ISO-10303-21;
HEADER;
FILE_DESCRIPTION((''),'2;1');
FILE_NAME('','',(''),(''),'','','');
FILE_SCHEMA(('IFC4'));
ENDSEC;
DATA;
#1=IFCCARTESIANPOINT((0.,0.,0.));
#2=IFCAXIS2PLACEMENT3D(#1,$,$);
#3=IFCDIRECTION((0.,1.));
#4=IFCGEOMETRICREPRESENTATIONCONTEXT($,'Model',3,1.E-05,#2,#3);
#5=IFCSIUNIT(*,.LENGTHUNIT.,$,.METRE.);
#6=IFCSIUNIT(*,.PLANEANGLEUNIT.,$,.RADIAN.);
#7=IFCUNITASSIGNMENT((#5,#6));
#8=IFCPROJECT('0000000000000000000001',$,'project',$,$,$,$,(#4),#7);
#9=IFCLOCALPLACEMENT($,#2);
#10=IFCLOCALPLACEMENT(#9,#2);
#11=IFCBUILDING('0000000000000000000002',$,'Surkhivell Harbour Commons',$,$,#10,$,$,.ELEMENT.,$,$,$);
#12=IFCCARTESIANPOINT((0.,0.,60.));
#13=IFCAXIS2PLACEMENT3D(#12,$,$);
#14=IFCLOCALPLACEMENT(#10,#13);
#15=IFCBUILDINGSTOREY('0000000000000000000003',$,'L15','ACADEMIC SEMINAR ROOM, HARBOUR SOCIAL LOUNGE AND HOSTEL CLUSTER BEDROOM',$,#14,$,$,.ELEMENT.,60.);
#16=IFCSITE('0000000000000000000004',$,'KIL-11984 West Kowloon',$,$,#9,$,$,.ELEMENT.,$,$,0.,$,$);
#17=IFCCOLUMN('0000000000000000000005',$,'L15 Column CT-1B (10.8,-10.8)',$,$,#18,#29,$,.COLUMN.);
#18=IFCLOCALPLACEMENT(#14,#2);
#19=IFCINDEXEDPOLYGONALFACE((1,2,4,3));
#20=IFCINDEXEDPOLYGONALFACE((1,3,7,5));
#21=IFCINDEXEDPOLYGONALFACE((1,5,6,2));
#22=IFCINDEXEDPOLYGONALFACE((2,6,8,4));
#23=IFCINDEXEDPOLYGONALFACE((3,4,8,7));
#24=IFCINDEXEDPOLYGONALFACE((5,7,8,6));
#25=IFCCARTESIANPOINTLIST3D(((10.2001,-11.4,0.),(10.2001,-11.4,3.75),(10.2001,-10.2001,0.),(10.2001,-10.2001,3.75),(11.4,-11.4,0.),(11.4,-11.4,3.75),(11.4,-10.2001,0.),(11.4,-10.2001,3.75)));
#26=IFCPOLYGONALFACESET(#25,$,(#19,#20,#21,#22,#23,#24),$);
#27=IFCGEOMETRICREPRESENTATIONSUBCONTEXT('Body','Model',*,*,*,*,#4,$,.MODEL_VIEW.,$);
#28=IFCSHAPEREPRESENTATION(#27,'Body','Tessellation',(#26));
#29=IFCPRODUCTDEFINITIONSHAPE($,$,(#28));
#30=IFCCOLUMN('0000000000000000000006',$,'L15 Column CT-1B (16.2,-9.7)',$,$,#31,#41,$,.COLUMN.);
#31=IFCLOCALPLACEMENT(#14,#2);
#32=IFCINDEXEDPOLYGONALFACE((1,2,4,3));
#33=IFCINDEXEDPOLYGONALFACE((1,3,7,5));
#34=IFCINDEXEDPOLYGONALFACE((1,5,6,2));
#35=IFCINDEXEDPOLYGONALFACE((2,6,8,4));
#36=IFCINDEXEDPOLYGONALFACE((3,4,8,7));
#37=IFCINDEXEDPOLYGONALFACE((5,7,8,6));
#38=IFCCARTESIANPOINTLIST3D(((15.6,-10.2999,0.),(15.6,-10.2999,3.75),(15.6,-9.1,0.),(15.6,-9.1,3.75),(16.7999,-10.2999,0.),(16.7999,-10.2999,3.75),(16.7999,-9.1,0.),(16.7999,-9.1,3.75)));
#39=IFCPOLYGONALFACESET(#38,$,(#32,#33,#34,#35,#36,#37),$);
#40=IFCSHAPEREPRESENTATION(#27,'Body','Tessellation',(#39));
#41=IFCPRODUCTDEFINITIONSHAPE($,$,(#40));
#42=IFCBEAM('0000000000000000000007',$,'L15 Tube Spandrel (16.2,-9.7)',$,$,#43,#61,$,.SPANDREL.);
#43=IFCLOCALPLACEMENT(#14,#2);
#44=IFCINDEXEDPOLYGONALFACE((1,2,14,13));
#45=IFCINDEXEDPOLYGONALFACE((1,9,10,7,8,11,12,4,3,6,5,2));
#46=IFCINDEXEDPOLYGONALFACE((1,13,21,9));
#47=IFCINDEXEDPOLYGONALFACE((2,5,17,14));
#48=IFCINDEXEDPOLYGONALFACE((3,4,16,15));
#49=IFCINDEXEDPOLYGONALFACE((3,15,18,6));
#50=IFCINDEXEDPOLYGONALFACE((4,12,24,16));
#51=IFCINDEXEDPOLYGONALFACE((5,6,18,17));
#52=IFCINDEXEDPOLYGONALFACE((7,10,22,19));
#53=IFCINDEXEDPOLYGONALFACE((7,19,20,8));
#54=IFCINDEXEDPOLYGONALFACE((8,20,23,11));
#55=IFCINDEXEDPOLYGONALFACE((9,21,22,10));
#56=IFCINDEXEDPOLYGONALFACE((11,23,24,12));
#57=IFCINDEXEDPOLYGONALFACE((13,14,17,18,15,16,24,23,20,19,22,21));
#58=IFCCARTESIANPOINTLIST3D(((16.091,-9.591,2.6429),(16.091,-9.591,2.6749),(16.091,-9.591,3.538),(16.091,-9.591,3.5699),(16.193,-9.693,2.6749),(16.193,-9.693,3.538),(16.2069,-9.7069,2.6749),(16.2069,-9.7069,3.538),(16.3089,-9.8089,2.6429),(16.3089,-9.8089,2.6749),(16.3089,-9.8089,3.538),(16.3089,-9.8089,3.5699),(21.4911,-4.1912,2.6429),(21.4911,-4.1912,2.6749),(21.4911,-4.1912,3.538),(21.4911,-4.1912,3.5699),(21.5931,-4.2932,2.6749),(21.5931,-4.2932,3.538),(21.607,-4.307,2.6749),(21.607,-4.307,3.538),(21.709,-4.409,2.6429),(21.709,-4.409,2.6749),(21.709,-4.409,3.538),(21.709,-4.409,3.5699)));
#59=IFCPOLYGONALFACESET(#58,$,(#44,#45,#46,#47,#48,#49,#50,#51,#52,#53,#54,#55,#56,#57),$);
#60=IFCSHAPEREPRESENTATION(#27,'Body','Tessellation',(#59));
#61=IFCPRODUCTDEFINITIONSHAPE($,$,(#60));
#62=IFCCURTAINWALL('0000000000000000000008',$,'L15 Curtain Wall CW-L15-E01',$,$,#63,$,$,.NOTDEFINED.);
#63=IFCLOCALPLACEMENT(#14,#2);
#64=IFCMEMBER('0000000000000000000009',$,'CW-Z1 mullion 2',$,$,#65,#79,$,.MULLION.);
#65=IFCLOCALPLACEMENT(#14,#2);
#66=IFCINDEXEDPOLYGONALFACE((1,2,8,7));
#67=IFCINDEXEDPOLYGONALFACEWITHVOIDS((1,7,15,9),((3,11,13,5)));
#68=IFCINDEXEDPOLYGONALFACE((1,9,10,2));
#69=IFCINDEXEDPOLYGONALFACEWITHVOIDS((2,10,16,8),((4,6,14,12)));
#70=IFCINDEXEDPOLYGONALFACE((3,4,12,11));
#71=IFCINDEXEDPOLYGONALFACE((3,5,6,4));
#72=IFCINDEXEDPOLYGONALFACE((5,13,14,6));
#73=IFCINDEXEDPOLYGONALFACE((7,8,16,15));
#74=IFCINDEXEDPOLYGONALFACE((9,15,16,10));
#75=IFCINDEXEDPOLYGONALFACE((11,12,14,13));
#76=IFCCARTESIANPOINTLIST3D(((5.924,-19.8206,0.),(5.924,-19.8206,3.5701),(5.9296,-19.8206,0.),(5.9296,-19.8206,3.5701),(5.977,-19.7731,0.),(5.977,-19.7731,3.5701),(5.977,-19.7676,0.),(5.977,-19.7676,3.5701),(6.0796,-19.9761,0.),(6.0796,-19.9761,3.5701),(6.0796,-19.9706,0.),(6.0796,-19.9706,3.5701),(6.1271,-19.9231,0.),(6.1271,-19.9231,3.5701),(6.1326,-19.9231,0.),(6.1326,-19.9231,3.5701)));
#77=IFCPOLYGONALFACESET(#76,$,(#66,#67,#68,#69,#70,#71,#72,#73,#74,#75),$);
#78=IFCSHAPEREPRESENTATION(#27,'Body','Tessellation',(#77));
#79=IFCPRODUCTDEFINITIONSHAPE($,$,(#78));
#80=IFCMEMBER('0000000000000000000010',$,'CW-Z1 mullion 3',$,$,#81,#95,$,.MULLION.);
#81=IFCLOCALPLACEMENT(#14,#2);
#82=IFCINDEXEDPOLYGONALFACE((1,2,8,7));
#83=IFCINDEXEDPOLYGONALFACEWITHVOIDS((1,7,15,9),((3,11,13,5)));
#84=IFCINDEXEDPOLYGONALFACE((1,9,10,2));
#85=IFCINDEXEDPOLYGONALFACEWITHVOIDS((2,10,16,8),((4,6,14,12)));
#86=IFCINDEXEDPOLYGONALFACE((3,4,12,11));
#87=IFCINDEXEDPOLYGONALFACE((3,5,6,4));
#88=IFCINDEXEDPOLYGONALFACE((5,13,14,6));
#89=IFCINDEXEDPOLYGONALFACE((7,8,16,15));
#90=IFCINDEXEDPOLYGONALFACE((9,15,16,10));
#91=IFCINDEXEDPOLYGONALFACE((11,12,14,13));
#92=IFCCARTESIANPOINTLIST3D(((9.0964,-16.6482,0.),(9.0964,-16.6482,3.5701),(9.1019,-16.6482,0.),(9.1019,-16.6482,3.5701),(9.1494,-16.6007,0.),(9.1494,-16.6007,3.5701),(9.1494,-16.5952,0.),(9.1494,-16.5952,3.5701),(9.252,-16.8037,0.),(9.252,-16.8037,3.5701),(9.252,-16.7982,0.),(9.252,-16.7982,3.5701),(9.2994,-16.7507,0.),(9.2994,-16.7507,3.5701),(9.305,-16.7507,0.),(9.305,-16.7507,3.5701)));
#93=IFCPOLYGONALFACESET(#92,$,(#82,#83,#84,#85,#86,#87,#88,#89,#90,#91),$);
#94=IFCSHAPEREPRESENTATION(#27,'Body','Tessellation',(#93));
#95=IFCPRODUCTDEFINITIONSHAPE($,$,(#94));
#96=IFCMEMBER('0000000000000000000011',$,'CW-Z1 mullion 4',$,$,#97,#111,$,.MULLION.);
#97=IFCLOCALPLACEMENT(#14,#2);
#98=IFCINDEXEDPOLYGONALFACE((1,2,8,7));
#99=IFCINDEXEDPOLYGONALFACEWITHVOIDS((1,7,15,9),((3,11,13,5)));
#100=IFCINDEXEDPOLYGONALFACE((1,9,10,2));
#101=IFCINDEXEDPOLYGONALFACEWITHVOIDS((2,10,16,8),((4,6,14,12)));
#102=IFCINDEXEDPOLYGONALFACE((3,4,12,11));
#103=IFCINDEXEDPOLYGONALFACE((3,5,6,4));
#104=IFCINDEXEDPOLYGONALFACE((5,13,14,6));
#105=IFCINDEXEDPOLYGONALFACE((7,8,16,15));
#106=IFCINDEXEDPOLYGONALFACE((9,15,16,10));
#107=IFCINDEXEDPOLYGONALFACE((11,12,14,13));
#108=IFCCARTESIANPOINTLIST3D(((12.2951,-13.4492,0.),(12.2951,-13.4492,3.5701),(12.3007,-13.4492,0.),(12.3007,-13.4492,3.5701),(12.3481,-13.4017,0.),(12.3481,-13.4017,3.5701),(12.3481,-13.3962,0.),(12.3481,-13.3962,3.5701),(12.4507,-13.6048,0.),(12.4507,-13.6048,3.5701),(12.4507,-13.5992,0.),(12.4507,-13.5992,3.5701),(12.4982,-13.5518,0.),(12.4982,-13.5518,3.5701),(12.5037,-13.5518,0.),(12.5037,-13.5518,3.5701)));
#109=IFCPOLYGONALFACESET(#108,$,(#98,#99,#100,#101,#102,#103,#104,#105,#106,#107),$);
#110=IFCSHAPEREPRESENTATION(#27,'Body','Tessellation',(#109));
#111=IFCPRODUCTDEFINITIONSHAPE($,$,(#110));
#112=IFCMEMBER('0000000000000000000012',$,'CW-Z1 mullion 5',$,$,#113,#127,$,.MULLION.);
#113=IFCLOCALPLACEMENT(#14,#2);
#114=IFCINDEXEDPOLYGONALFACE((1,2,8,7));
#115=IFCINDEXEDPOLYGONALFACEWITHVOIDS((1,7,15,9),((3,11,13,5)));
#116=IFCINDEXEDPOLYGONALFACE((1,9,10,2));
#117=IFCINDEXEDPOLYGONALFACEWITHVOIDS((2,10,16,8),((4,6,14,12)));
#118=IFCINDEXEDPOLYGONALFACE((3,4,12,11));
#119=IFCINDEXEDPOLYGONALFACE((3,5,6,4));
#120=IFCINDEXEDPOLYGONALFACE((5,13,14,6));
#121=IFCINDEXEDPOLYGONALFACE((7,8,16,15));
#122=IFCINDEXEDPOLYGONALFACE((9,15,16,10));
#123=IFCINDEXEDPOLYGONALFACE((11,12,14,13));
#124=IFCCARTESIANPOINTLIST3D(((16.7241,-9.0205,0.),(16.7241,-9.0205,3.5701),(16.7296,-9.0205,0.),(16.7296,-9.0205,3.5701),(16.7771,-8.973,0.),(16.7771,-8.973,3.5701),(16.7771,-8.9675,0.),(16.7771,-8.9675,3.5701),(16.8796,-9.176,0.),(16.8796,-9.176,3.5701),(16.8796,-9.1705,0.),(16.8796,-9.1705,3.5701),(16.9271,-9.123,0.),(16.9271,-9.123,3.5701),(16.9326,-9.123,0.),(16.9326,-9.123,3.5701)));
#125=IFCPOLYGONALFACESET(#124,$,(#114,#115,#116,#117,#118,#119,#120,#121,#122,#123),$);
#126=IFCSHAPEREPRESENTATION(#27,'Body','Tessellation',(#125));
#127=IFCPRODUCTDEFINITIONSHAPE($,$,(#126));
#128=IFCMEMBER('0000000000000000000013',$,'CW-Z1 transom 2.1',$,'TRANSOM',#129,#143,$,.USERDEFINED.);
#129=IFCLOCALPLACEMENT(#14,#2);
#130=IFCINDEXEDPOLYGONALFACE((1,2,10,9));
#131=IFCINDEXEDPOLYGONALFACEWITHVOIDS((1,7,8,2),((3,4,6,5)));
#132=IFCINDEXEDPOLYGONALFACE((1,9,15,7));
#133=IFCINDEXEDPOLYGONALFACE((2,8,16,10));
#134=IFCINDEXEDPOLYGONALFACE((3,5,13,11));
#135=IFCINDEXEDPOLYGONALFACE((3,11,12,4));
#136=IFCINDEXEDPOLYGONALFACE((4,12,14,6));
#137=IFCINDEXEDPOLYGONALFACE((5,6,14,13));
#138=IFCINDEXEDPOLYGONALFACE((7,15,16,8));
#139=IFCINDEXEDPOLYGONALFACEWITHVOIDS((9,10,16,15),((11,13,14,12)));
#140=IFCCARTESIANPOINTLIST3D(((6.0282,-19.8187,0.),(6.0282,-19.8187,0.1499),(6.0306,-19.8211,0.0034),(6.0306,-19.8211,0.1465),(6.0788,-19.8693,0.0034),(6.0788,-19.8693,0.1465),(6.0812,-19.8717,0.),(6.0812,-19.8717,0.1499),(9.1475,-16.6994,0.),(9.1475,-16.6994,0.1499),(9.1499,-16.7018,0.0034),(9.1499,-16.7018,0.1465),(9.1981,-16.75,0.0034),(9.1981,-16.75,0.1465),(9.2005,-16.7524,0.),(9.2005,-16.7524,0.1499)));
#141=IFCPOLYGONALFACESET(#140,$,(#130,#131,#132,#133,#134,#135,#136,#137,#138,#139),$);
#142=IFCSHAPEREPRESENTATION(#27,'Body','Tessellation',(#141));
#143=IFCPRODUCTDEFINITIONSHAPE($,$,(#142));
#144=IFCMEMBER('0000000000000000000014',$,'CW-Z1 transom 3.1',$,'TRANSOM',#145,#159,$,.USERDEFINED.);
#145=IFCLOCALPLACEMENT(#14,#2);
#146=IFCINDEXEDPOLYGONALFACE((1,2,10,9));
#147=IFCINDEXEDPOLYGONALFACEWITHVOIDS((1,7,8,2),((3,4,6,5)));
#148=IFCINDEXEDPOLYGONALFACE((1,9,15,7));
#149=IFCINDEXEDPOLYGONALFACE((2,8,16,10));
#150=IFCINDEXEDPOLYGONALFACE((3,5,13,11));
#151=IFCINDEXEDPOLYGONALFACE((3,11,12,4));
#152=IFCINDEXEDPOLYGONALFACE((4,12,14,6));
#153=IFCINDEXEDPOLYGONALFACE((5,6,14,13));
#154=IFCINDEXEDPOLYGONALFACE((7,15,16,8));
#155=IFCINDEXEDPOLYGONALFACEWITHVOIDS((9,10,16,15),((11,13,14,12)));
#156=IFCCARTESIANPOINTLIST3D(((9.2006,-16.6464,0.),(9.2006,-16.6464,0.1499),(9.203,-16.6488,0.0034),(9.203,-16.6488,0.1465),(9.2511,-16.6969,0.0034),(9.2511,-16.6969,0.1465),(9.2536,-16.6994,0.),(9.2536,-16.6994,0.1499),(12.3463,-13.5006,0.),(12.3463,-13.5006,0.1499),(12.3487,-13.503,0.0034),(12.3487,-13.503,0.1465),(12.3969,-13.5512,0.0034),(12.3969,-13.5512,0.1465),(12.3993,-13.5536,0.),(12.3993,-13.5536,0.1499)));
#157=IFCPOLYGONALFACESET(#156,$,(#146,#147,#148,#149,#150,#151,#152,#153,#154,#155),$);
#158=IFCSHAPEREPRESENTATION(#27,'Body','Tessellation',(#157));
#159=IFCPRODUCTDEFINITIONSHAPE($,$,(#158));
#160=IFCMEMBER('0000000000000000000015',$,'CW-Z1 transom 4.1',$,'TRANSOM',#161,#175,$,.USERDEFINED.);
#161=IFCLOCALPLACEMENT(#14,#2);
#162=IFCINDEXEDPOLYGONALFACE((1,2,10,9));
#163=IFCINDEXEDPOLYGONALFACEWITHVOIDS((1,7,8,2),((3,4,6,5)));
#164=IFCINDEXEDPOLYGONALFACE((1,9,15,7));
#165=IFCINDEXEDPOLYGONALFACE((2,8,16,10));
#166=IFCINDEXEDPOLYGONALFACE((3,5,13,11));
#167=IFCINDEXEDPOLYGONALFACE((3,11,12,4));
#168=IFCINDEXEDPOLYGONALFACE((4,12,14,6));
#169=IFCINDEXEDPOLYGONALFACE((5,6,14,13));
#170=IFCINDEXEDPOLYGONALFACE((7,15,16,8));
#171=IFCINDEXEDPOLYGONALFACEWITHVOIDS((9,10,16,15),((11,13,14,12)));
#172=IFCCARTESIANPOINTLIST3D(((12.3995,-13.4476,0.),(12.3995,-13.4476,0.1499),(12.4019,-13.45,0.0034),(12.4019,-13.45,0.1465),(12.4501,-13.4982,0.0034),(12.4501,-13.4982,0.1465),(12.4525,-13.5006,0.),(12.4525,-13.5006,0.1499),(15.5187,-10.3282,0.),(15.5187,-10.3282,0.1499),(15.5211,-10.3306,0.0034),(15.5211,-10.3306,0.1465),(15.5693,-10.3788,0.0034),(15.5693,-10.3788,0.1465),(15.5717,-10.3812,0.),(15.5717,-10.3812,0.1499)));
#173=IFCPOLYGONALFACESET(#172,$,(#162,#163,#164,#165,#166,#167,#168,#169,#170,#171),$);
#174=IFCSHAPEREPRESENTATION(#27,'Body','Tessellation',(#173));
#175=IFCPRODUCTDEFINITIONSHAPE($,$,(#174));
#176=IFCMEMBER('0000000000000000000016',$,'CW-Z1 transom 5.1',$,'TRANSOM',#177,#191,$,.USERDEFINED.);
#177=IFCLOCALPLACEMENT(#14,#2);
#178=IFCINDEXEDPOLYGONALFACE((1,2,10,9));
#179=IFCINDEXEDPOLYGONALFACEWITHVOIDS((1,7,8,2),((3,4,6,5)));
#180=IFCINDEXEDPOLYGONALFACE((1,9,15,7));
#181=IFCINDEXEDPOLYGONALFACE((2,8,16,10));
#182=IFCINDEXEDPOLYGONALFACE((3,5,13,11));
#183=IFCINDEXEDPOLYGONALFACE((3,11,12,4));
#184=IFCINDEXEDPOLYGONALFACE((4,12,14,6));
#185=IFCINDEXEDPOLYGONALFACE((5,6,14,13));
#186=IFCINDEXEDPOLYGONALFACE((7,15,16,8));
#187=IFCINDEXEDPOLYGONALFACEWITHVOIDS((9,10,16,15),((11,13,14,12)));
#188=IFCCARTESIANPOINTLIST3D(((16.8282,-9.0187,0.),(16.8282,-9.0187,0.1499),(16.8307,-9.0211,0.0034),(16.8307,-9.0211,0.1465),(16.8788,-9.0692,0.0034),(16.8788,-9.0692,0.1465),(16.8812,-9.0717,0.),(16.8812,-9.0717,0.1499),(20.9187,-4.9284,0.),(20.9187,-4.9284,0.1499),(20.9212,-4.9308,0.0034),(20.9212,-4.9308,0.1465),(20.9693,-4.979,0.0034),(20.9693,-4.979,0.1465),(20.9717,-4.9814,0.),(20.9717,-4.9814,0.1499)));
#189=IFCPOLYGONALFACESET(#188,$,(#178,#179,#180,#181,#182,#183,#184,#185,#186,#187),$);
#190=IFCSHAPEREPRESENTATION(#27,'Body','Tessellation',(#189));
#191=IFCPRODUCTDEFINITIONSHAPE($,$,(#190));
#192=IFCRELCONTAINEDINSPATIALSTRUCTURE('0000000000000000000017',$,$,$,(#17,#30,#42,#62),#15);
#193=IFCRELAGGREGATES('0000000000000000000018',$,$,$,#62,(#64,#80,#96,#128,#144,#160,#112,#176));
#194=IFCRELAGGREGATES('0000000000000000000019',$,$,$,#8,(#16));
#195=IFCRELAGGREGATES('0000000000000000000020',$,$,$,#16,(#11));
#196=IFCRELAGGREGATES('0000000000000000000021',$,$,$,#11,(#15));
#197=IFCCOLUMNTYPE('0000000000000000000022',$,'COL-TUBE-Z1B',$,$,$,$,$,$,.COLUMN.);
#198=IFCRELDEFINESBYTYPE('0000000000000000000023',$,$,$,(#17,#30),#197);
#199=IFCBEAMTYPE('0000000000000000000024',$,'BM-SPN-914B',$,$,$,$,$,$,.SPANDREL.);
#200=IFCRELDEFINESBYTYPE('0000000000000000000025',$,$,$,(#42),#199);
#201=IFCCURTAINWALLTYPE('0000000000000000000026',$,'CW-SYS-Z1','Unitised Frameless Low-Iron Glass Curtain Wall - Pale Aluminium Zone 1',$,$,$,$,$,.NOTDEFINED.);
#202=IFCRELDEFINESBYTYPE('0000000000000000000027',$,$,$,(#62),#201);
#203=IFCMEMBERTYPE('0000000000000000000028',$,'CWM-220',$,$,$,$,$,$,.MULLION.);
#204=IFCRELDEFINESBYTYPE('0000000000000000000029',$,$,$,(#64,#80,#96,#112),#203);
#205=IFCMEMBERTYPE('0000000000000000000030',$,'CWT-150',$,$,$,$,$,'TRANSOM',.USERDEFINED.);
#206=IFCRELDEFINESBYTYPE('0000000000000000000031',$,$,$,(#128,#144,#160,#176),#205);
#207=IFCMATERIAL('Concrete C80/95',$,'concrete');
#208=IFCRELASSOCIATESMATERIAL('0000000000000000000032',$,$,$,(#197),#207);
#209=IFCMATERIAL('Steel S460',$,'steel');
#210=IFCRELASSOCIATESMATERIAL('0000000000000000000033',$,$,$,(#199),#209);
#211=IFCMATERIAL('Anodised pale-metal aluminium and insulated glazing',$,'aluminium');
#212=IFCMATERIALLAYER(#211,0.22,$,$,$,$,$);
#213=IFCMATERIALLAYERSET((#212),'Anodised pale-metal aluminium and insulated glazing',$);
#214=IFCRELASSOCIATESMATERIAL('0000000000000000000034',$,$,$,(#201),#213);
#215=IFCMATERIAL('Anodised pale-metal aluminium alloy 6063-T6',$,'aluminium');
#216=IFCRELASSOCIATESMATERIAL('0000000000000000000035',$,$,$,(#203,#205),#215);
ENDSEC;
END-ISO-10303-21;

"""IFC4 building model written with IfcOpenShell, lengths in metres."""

from ifc_helpers import new_model, si_unit, direction, frame, origin, origin_2d, place, context, subcontext, project, spatial, rectangle, hollow_rectangle, i_section, extrude, material, layer, layer_set, material_profile, profile_set, type_object, element, aggregate, save


model = new_model("IFC4")

# Units and contexts
model_context = context("Model", 3, precision=1e-05, world=origin(), true_north=direction((0.0, 1.0)))
body_context = subcontext(model_context, "Body", "Model", "MODEL_VIEW")
ifc_project = project(units=[si_unit("LENGTHUNIT", "METRE"), si_unit("PLANEANGLEUNIT", "RADIAN")], contexts=[model_context])

# Site, building, storey
site_placement = place(None, origin())
site = spatial("IfcSite", under=ifc_project, at=site_placement, Name="KIL-11984 West Kowloon", CompositionType="ELEMENT", RefElevation=0.0)
building_placement = place(site_placement, origin())
building = spatial("IfcBuilding", under=site, at=building_placement, Name="Surkhivell Harbour Commons", CompositionType="ELEMENT")
storey_placement = place(building_placement, frame((0.0, 0.0, 60.0)))
storey = spatial("IfcBuildingStorey", under=building, at=storey_placement, Name="L15", Description="ACADEMIC SEMINAR ROOM, HARBOUR SOCIAL LOUNGE AND HOSTEL CLUSTER BEDROOM", CompositionType="ELEMENT", Elevation=60.0)

# Columns
ifc_material_1 = material(Name="Concrete C80/95", Category="concrete")
ifc_material_profile_1 = material_profile(ifc_material_1, rectangle(XDim=1.2, YDim=1.2, at=origin_2d()), Name="RC-COL-1200x1200")
ifc_profile_set_1 = profile_set([ifc_material_profile_1], Name="Concrete C80/95")
column_type = type_object("IfcColumnType", Name="COL-TUBE-Z1B", PredefinedType="COLUMN", material=ifc_profile_set_1)
for number, where, z_axis, x_axis, name in (
    (1, (10.8, -10.8, 0.0), (0.0, 0.0, 1.0), (1.0, 0.0, 0.0), "L15 Column CT-1B (10.8,-10.8)"),
    (2, (16.2, -9.7, 0.0), (0.0, 0.0, 1.0), (1.0, 0.0, 0.0), "L15 Column CT-1B (16.2,-9.7)"),
):
    element("IfcColumn", number, at=place(storey_placement, frame(where, z_axis=z_axis, x_axis=x_axis)), inside=storey, type_object=column_type, Name=name, PredefinedType="COLUMN", context=body_context, shape_type="SweptSolid", body=[
        extrude(rectangle(XDim=1.2, YDim=1.2, at=origin_2d()), origin(), (0.0, 0.0, 1.0), 3.75),
    ])

# Beam
ifc_material_2 = material(Name="Steel S460", Category="steel")
ifc_material_profile_2 = material_profile(ifc_material_2, i_section(OverallWidth=0.3081, OverallDepth=0.927, WebThickness=0.0195, FlangeThickness=0.032, at=origin_2d()), Name="UB914x305x289")
ifc_profile_set_2 = profile_set([ifc_material_profile_2], Name="Steel S460")
beam_type = type_object("IfcBeamType", Name="BM-SPN-914B", PredefinedType="SPANDREL", material=ifc_profile_set_2)
beam_placement = place(storey_placement, frame((16.2, -9.7, 3.1064), z_axis=(0.707123, 0.707091, 0.0), x_axis=(-0.707091, 0.707123, 0.0)))
element("IfcBeam", 3, at=beam_placement, inside=storey, type_object=beam_type, Name="L15 Tube Spandrel (16.2,-9.7)", PredefinedType="SPANDREL", context=body_context, shape_type="SweptSolid", body=[
    extrude(i_section(OverallWidth=0.3081, OverallDepth=0.927, WebThickness=0.0195, FlangeThickness=0.032, at=origin_2d()), origin(), (0.0, 0.0, 1.0), 7.6367),
])

# Curtain wall, members
ifc_material_3 = material(Name="Anodised pale-metal aluminium and insulated glazing", Category="aluminium")
ifc_layer_1 = layer(ifc_material_3, 0.22)
ifc_layer_set_1 = layer_set([ifc_layer_1], Name="Anodised pale-metal aluminium and insulated glazing")
curtain_wall_type = type_object("IfcCurtainWallType", Name="CW-SYS-Z1", Description="Unitised Frameless Low-Iron Glass Curtain Wall - Pale Aluminium Zone 1", PredefinedType="NOTDEFINED", material=ifc_layer_set_1)
curtain_wall_placement = place(storey_placement, origin())
curtain_wall = element("IfcCurtainWall", 4, at=curtain_wall_placement, inside=storey, type_object=curtain_wall_type, Name="L15 Curtain Wall CW-L15-E01", PredefinedType="NOTDEFINED")
ifc_material_4 = material(Name="Anodised pale-metal aluminium alloy 6063-T6", Category="aluminium")
ifc_material_profile_3 = material_profile(ifc_material_4, hollow_rectangle(XDim=0.075, YDim=0.22, WallThickness=0.0039, at=origin_2d()), Name="ALU-MULL-75x220")
ifc_profile_set_3 = profile_set([ifc_material_profile_3], Name="Anodised pale-metal aluminium alloy 6063-T6")
member_type_1 = type_object("IfcMemberType", Name="CWM-220", PredefinedType="MULLION", material=ifc_profile_set_3)
member_1_placement = place(storey_placement, frame((6.0283, -19.8718, 0.0), z_axis=(0.0, 0.0, 1.0), x_axis=(0.707107, 0.707107, 0.0)))
member_1 = element("IfcMember", 5, at=member_1_placement, type_object=member_type_1, Name="CW-Z1 mullion 2", PredefinedType="MULLION", context=body_context, shape_type="SweptSolid", body=[
    extrude(hollow_rectangle(XDim=0.075, YDim=0.22, WallThickness=0.0039, at=origin_2d()), origin(), (0.0, 0.0, 1.0), 3.5701),
])
member_2_placement = place(storey_placement, frame((9.2007, -16.6995, 0.0), z_axis=(0.0, 0.0, 1.0), x_axis=(0.707107, 0.707107, 0.0)))
member_2 = element("IfcMember", 6, at=member_2_placement, type_object=member_type_1, Name="CW-Z1 mullion 3", PredefinedType="MULLION", context=body_context, shape_type="SweptSolid", body=[
    extrude(hollow_rectangle(XDim=0.075, YDim=0.22, WallThickness=0.0039, at=origin_2d()), origin(), (0.0, 0.0, 1.0), 3.5701),
])
member_3_placement = place(storey_placement, frame((12.3994, -13.5005, 0.0), z_axis=(0.0, 0.0, 1.0), x_axis=(0.707107, 0.707107, 0.0)))
member_3 = element("IfcMember", 7, at=member_3_placement, type_object=member_type_1, Name="CW-Z1 mullion 4", PredefinedType="MULLION", context=body_context, shape_type="SweptSolid", body=[
    extrude(hollow_rectangle(XDim=0.075, YDim=0.22, WallThickness=0.0039, at=origin_2d()), origin(), (0.0, 0.0, 1.0), 3.5701),
])
member_4_placement = place(storey_placement, frame((16.8284, -9.0718, 0.0), z_axis=(0.0, 0.0, 1.0), x_axis=(0.707107, 0.707107, 0.0)))
member_4 = element("IfcMember", 8, at=member_4_placement, type_object=member_type_1, Name="CW-Z1 mullion 5", PredefinedType="MULLION", context=body_context, shape_type="SweptSolid", body=[
    extrude(hollow_rectangle(XDim=0.075, YDim=0.22, WallThickness=0.0039, at=origin_2d()), origin(), (0.0, 0.0, 1.0), 3.5701),
])
ifc_material_profile_4 = material_profile(ifc_material_4, hollow_rectangle(XDim=0.075, YDim=0.1499, WallThickness=0.0034, at=origin_2d()), Name="ALU-TRAN-75x150")
ifc_profile_set_4 = profile_set([ifc_material_profile_4], Name="Anodised pale-metal aluminium alloy 6063-T6")
member_type_2 = type_object("IfcMemberType", Name="CWT-150", ElementType="TRANSOM", PredefinedType="USERDEFINED", material=ifc_profile_set_4)
member_5_placement = place(storey_placement, frame((6.0547, -19.8452, 0.075), z_axis=(0.707107, 0.707107, 0.0), x_axis=(-0.707107, 0.707107, 0.0)))
member_5 = element("IfcMember", 9, at=member_5_placement, type_object=member_type_2, Name="CW-Z1 transom 2.1", ObjectType="TRANSOM", PredefinedType="USERDEFINED", context=body_context, shape_type="SweptSolid", body=[
    extrude(hollow_rectangle(XDim=0.075, YDim=0.1499, WallThickness=0.0034, at=origin_2d()), origin(), (0.0, 0.0, 1.0), 4.4114),
])
member_6_placement = place(storey_placement, frame((9.2271, -16.6729, 0.075), z_axis=(0.707107, 0.707107, 0.0), x_axis=(-0.707107, 0.707107, 0.0)))
member_6 = element("IfcMember", 10, at=member_6_placement, type_object=member_type_2, Name="CW-Z1 transom 3.1", ObjectType="TRANSOM", PredefinedType="USERDEFINED", context=body_context, shape_type="SweptSolid", body=[
    extrude(hollow_rectangle(XDim=0.075, YDim=0.1499, WallThickness=0.0034, at=origin_2d()), origin(), (0.0, 0.0, 1.0), 4.4487),
])
member_7_placement = place(storey_placement, frame((12.426, -13.4741, 0.075), z_axis=(0.707079, 0.707134, 0.0), x_axis=(-0.707134, 0.707079, 0.0)))
member_7 = element("IfcMember", 11, at=member_7_placement, type_object=member_type_2, Name="CW-Z1 transom 4.1", ObjectType="TRANSOM", PredefinedType="USERDEFINED", context=body_context, shape_type="SweptSolid", body=[
    extrude(hollow_rectangle(XDim=0.075, YDim=0.1499, WallThickness=0.0034, at=origin_2d()), origin(), (0.0, 0.0, 1.0), 4.4114),
])
member_8_placement = place(storey_placement, frame((16.8547, -9.0452, 0.075), z_axis=(0.707128, 0.707086, 0.0), x_axis=(-0.707086, 0.707128, 0.0)))
member_8 = element("IfcMember", 12, at=member_8_placement, type_object=member_type_2, Name="CW-Z1 transom 5.1", ObjectType="TRANSOM", PredefinedType="USERDEFINED", context=body_context, shape_type="SweptSolid", body=[
    extrude(hollow_rectangle(XDim=0.075, YDim=0.1499, WallThickness=0.0034, at=origin_2d()), origin(), (0.0, 0.0, 1.0), 5.7847),
])
aggregate(curtain_wall, [member_1, member_2, member_3, member_5, member_6, member_7, member_4, member_8])

save(model, "model.ifc")
